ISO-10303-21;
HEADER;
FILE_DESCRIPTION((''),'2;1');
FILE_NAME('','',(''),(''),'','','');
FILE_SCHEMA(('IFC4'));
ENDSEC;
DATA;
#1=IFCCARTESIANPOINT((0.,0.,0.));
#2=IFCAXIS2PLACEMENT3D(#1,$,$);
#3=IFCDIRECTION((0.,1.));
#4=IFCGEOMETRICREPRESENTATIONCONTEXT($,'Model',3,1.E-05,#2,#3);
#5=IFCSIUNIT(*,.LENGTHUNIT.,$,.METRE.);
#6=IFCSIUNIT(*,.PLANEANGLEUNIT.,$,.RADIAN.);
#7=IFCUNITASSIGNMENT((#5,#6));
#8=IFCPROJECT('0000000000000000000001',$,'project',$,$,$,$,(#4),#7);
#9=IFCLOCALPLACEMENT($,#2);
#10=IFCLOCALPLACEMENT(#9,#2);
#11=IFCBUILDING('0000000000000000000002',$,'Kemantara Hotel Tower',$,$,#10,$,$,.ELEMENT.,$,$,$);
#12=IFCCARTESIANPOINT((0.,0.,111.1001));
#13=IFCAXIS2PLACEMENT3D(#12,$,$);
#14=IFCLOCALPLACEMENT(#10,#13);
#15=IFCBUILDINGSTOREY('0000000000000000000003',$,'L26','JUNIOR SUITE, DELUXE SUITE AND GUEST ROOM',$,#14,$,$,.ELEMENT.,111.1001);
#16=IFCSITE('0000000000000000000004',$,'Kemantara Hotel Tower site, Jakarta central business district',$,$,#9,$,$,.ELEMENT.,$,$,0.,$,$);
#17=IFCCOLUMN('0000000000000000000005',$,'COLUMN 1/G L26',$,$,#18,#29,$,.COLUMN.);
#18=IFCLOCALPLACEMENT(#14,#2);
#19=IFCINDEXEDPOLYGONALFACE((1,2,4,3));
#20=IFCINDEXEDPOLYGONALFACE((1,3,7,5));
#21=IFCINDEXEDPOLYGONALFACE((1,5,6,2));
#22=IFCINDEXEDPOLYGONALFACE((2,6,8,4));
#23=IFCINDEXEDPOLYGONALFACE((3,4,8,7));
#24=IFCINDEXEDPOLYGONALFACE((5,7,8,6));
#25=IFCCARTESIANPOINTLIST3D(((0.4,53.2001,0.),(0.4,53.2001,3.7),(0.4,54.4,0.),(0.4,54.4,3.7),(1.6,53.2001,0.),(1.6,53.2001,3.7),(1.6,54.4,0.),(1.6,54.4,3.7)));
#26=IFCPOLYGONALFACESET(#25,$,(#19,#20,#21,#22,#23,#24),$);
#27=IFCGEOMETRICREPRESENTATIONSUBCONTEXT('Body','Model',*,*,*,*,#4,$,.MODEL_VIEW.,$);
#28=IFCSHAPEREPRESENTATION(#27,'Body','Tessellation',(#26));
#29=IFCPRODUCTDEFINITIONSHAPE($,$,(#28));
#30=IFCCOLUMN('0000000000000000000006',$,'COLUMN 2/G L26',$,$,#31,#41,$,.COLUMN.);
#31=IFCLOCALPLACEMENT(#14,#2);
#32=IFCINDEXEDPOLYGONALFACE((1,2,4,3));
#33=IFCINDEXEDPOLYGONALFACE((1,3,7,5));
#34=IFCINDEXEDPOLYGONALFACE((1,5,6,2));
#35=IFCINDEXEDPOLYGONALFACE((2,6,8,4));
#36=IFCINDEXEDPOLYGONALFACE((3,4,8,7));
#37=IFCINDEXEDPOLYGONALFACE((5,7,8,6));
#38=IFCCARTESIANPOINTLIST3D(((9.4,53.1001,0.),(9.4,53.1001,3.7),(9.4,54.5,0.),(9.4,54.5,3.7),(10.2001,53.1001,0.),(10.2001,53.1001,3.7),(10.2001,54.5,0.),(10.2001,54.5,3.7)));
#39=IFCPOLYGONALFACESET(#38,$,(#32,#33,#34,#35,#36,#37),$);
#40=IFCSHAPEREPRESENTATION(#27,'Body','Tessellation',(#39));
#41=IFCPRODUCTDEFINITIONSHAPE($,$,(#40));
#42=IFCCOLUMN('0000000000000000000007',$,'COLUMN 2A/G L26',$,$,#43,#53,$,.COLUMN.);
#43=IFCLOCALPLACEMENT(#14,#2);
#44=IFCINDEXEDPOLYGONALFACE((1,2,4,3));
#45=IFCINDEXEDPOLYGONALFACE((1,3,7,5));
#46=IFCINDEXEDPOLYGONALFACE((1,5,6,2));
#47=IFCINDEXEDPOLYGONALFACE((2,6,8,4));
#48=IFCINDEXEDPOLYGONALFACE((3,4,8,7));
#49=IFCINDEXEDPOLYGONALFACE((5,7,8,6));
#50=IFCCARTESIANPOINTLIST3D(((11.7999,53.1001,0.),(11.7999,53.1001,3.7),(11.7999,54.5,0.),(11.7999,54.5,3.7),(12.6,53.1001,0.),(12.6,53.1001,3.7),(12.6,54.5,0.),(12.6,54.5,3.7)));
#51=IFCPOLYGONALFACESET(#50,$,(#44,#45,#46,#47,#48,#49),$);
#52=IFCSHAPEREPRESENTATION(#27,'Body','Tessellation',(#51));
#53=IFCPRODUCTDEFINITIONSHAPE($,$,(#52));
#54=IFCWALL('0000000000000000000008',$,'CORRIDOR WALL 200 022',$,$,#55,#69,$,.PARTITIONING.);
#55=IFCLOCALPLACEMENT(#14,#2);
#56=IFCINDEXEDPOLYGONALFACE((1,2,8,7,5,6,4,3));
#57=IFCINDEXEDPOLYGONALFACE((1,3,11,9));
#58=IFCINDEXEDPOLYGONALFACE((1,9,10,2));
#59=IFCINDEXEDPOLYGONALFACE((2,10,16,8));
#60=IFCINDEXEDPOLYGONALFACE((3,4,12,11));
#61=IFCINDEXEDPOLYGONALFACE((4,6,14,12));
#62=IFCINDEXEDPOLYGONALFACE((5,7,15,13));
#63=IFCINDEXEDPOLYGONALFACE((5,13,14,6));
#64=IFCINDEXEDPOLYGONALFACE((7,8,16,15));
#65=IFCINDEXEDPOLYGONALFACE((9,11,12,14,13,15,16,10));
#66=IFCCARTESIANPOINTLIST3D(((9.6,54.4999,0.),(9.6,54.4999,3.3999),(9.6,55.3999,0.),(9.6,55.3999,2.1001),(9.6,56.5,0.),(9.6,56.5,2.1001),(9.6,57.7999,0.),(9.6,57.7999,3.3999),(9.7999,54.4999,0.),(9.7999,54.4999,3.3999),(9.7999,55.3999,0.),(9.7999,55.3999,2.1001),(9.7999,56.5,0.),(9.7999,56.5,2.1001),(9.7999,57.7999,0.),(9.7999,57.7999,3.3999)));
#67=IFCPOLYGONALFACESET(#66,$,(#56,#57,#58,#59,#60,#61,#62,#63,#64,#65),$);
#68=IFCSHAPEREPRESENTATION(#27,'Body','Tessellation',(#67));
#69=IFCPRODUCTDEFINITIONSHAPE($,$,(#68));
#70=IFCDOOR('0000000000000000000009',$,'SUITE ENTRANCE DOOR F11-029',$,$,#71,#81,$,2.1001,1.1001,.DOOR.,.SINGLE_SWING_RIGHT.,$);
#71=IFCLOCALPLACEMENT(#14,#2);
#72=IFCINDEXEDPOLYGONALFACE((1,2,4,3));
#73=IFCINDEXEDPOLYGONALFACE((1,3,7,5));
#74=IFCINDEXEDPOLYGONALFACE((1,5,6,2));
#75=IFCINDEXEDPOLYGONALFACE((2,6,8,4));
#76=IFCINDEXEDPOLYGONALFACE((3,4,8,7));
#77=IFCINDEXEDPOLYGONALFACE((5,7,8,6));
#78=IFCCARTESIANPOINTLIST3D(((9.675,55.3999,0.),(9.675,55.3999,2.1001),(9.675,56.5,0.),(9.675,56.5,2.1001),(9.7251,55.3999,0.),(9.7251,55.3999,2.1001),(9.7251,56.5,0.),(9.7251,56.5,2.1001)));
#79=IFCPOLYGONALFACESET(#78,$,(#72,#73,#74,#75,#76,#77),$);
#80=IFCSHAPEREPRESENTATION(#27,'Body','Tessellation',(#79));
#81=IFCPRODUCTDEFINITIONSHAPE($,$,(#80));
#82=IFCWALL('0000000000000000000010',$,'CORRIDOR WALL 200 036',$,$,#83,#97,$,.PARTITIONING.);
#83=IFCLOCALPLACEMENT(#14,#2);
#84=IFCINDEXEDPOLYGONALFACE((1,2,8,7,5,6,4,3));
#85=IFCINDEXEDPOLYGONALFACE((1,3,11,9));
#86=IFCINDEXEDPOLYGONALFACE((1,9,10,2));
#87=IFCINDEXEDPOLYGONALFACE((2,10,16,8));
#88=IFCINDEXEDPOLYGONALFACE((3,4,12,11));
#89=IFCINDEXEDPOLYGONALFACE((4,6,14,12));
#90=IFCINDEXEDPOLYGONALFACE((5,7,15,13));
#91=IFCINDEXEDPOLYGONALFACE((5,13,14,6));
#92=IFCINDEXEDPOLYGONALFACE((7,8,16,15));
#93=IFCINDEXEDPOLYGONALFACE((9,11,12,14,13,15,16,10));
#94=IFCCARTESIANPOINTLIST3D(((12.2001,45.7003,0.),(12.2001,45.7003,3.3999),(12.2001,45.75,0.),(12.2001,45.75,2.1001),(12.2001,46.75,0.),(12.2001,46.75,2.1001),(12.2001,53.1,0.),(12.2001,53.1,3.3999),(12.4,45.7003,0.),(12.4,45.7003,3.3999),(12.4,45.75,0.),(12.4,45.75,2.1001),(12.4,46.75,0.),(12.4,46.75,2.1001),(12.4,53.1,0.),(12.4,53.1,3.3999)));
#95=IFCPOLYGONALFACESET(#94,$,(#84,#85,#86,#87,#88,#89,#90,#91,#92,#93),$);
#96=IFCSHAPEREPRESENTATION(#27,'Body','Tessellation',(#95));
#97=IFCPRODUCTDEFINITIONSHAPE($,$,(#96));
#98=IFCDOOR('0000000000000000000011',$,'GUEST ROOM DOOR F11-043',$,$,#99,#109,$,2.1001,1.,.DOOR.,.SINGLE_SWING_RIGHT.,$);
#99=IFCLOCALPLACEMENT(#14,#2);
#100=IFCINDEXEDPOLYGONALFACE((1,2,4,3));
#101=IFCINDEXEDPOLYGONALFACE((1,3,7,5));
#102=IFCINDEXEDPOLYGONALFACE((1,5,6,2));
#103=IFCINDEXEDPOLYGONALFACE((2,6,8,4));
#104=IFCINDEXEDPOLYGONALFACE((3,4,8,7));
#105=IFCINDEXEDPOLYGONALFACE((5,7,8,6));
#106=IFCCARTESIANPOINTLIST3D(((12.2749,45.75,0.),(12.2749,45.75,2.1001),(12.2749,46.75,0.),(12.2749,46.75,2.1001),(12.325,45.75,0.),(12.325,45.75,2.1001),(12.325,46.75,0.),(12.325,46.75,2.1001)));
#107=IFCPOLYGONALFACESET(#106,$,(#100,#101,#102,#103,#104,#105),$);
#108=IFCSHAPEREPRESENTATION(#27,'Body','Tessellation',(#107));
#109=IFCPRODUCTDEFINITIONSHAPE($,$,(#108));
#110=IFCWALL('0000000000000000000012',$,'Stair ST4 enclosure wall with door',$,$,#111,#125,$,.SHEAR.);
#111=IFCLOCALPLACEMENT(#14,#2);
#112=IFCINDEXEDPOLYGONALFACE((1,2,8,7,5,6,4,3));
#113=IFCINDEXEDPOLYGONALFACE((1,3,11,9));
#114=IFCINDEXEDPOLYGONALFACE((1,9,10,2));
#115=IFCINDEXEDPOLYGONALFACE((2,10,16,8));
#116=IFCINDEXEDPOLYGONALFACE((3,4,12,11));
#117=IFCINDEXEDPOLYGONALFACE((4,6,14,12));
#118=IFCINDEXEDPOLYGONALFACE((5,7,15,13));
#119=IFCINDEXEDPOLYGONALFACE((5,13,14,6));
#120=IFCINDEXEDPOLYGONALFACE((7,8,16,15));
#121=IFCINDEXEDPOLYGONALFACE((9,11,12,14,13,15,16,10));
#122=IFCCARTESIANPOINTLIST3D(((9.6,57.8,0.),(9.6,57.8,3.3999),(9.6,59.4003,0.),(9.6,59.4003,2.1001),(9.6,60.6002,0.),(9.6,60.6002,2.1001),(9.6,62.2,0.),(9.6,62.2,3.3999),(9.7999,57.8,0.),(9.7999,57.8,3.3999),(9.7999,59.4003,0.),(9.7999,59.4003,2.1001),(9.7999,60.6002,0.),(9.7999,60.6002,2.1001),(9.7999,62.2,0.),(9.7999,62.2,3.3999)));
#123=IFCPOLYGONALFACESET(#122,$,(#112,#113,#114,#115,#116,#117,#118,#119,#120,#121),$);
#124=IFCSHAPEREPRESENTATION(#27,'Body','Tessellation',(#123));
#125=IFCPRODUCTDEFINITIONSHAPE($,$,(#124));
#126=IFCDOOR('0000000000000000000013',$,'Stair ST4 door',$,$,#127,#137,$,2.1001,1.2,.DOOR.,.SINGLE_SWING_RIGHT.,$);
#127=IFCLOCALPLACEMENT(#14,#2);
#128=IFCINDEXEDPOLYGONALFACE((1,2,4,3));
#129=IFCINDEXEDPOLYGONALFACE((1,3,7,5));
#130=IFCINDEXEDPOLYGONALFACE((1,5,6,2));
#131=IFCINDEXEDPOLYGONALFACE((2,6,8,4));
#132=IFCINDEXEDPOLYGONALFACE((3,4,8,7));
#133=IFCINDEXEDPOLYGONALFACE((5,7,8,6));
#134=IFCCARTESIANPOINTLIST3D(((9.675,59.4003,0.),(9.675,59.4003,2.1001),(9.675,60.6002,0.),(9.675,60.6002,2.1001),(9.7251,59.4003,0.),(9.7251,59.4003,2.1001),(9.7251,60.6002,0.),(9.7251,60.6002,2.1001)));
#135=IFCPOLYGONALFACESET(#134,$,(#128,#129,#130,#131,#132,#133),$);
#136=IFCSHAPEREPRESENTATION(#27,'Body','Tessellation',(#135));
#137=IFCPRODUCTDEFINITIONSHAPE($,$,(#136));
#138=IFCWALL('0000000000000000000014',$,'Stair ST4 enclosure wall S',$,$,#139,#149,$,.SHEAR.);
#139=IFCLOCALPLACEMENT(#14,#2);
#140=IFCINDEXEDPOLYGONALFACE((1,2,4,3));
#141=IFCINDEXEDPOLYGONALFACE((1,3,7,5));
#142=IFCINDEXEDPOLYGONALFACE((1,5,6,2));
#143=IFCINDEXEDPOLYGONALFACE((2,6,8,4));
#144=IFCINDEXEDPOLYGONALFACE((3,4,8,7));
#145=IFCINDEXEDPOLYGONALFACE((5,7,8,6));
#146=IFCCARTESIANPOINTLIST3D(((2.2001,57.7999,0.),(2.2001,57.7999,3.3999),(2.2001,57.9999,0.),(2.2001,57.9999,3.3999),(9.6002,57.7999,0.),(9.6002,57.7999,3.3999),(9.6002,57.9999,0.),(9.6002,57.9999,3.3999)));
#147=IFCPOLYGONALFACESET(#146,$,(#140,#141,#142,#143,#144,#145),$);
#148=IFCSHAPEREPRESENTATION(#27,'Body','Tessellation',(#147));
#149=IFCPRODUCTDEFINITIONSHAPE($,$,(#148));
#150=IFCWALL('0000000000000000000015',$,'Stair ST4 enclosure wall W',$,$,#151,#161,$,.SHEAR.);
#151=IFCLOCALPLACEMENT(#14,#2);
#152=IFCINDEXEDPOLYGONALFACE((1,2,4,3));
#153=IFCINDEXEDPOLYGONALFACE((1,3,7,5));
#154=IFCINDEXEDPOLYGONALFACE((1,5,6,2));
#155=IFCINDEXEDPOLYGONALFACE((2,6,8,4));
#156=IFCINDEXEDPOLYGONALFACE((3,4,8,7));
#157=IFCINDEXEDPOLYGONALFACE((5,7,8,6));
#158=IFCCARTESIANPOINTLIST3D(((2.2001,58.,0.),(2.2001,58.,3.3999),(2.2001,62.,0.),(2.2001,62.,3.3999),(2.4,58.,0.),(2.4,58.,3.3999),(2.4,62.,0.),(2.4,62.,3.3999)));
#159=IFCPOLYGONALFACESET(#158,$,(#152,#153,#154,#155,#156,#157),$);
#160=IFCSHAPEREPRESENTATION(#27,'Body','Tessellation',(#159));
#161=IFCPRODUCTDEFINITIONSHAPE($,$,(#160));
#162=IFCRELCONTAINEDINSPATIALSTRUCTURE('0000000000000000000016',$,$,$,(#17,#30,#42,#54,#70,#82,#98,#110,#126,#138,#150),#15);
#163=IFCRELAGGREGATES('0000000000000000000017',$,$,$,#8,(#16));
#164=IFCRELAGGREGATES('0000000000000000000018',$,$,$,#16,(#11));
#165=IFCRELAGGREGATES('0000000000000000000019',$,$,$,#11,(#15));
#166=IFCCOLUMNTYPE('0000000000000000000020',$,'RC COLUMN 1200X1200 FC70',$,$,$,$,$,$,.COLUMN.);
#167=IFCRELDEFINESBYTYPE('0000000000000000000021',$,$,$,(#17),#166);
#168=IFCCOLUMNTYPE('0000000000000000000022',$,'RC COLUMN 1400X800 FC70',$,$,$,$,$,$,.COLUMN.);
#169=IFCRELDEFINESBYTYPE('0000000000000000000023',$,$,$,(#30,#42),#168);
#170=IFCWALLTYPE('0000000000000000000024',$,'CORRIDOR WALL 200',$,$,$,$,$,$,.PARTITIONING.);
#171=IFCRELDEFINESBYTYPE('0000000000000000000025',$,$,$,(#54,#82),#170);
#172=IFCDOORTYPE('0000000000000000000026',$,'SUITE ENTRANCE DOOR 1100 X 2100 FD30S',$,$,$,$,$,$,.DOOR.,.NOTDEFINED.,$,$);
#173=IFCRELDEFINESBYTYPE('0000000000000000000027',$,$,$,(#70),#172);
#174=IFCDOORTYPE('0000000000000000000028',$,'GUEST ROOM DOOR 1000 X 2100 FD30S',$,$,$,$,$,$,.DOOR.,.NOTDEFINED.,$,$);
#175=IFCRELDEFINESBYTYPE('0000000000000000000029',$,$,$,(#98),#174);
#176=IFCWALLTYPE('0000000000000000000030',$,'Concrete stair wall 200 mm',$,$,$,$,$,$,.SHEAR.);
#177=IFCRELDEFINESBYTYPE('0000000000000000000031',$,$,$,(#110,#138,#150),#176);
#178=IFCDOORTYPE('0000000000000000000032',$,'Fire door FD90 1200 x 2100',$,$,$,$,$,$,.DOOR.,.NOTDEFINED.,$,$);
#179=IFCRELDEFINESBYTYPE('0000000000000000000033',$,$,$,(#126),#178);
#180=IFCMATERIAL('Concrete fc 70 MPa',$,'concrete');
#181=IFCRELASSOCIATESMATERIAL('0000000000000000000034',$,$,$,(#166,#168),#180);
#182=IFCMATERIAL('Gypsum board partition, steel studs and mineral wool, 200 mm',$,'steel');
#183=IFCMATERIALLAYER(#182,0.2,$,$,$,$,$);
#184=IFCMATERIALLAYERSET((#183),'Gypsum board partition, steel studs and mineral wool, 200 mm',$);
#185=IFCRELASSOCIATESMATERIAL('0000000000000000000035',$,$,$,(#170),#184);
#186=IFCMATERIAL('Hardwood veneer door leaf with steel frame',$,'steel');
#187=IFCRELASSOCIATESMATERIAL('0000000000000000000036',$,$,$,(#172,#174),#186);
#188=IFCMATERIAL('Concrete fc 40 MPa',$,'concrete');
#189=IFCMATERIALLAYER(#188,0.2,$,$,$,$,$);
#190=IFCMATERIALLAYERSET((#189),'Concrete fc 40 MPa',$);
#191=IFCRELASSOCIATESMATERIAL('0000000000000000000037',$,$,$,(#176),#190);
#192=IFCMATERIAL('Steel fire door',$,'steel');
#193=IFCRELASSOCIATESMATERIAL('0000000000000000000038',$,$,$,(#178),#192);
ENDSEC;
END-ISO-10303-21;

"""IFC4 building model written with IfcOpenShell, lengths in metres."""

from ifc_helpers import new_model, si_unit, direction, frame, frame_2d, origin, origin_2d, place, context, subcontext, project, spatial, rectangle, extrude, material, layer, layer_set, material_profile, profile_set, type_object, element, fill, save


model = new_model("IFC4")

# Units and contexts
model_context = context("Model", 3, precision=1e-05, world=origin(), true_north=direction((0.0, 1.0)))
body_context = subcontext(model_context, "Body", "Model", "MODEL_VIEW")
ifc_project = project(units=[si_unit("LENGTHUNIT", "METRE"), si_unit("PLANEANGLEUNIT", "RADIAN")], contexts=[model_context])

# Site, building, storey
site_placement = place(None, origin())
site = spatial("IfcSite", under=ifc_project, at=site_placement, Name="Kemantara Hotel Tower site, Jakarta central business district", CompositionType="ELEMENT", RefElevation=0.0)
building_placement = place(site_placement, origin())
building = spatial("IfcBuilding", under=site, at=building_placement, Name="Kemantara Hotel Tower", CompositionType="ELEMENT")
storey_placement = place(building_placement, frame((0.0, 0.0, 111.1001)))
storey = spatial("IfcBuildingStorey", under=building, at=storey_placement, Name="L26", Description="JUNIOR SUITE, DELUXE SUITE AND GUEST ROOM", CompositionType="ELEMENT", Elevation=111.1001)

# Columns
ifc_material_1 = material(Name="Concrete fc 70 MPa", Category="concrete")
ifc_material_profile_1 = material_profile(ifc_material_1, rectangle(XDim=1.2, YDim=1.2, at=origin_2d()), Name="RC 1200X1200")
ifc_profile_set_1 = profile_set([ifc_material_profile_1], Name="Concrete fc 70 MPa")
column_type_1 = type_object("IfcColumnType", Name="RC COLUMN 1200X1200 FC70", PredefinedType="COLUMN", material=ifc_profile_set_1)
column_placement = place(storey_placement, frame((1.0, 53.8, 0.0), z_axis=(0.0, 0.0, 1.0), x_axis=(1.0, 0.0, 0.0)))
element("IfcColumn", 1, at=column_placement, inside=storey, type_object=column_type_1, Name="COLUMN 1/G L26", PredefinedType="COLUMN", context=body_context, shape_type="SweptSolid", body=[
    extrude(rectangle(XDim=1.2, YDim=1.2, at=origin_2d()), origin(), (0.0, 0.0, 1.0), 3.7),
])
ifc_material_profile_2 = material_profile(ifc_material_1, rectangle(XDim=1.3999, YDim=0.8, at=origin_2d()), Name="RC 1400X800")
ifc_profile_set_2 = profile_set([ifc_material_profile_2], Name="Concrete fc 70 MPa")
column_type_2 = type_object("IfcColumnType", Name="RC COLUMN 1400X800 FC70", PredefinedType="COLUMN", material=ifc_profile_set_2)
for number, where, z_axis, x_axis, name in (
    (2, (9.8, 53.8, 0.0), (0.0, 0.0, 1.0), (0.0, 1.0, 0.0), "COLUMN 2/G L26"),
    (3, (12.2, 53.8, 0.0), (0.0, 0.0, 1.0), (0.0, 1.0, 0.0), "COLUMN 2A/G L26"),
):
    element("IfcColumn", number, at=place(storey_placement, frame(where, z_axis=z_axis, x_axis=x_axis)), inside=storey, type_object=column_type_2, Name=name, PredefinedType="COLUMN", context=body_context, shape_type="SweptSolid", body=[
        extrude(rectangle(XDim=1.3999, YDim=0.8, at=origin_2d()), origin(), (0.0, 0.0, 1.0), 3.7),
    ])

# Walls, openings, doors
ifc_material_2 = material(Name="Gypsum board partition, steel studs and mineral wool, 200 mm", Category="steel")
ifc_layer_1 = layer(ifc_material_2, 0.2)
ifc_layer_set_1 = layer_set([ifc_layer_1], Name="Gypsum board partition, steel studs and mineral wool, 200 mm")
wall_type_1 = type_object("IfcWallType", Name="CORRIDOR WALL 200", PredefinedType="PARTITIONING", material=ifc_layer_set_1)
wall_1_placement = place(storey_placement, frame((9.7, 54.5, 0.0), z_axis=(0.0, 0.0, 1.0), x_axis=(0.0, 1.0, 0.0)))
wall_1 = element("IfcWall", 4, at=wall_1_placement, inside=storey, type_object=wall_type_1, Name="CORRIDOR WALL 200 022", PredefinedType="PARTITIONING", context=body_context, shape_type="SweptSolid", body=[
    extrude(rectangle(XDim=3.3, YDim=0.2, at=frame_2d((1.6499, 0.0))), origin(), (0.0, 0.0, 1.0), 3.3999),
])
opening_1_placement = place(wall_1_placement, frame((0.8999, 0.0, 0.0)))
opening_1 = element("IfcOpeningElement", 5, at=opening_1_placement, cuts=wall_1, PredefinedType="OPENING", context=body_context, shape_type="SweptSolid", body=[
    extrude(rectangle(XDim=1.1001, YDim=2.1001, at=frame_2d((0.55, 1.05))), frame((0.0, 0.1099, 0.0), z_axis=(0.0, -1.0, 0.0), x_axis=(1.0, 0.0, 0.0)), (0.0, 0.0, 1.0), 0.22),
])
ifc_material_3 = material(Name="Hardwood veneer door leaf with steel frame", Category="steel")
door_type_1 = type_object("IfcDoorType", Name="SUITE ENTRANCE DOOR 1100 X 2100 FD30S", OperationType="NOTDEFINED", PredefinedType="DOOR", material=ifc_material_3)
door_1_placement = place(opening_1_placement, origin())
door_1 = element("IfcDoor", 6, at=door_1_placement, inside=storey, type_object=door_type_1, Name="SUITE ENTRANCE DOOR F11-029", OperationType="SINGLE_SWING_RIGHT", OverallHeight=2.1001, OverallWidth=1.1001, PredefinedType="DOOR", context=body_context, shape_type="SweptSolid", body=[
    extrude(rectangle(XDim=1.1001, YDim=2.1001, at=frame_2d((0.55, 1.05))), frame((0.0, 0.0249, 0.0), z_axis=(0.0, -1.0, 0.0), x_axis=(1.0, 0.0, 0.0)), (0.0, 0.0, 1.0), 0.05),
])
fill(opening_1, door_1)
wall_2_placement = place(storey_placement, frame((12.3, 53.0999, 0.0), z_axis=(0.0, 0.0, 1.0), x_axis=(0.0, -1.0, 0.0)))
wall_2 = element("IfcWall", 7, at=wall_2_placement, inside=storey, type_object=wall_type_1, Name="CORRIDOR WALL 200 036", PredefinedType="PARTITIONING", context=body_context, shape_type="SweptSolid", body=[
    extrude(rectangle(XDim=7.3997, YDim=0.2, at=frame_2d((3.6997, 0.0))), origin(), (0.0, 0.0, 1.0), 3.3999),
])
opening_2_placement = place(wall_2_placement, frame((6.3499, 0.0, 0.0)))
opening_2 = element("IfcOpeningElement", 8, at=opening_2_placement, cuts=wall_2, PredefinedType="OPENING", context=body_context, shape_type="SweptSolid", body=[
    extrude(rectangle(XDim=1.0, YDim=2.1001, at=frame_2d((0.5, 1.05))), frame((0.0, 0.1099, 0.0), z_axis=(0.0, -1.0, 0.0), x_axis=(1.0, 0.0, 0.0)), (0.0, 0.0, 1.0), 0.22),
])
door_type_2 = type_object("IfcDoorType", Name="GUEST ROOM DOOR 1000 X 2100 FD30S", OperationType="NOTDEFINED", PredefinedType="DOOR", material=ifc_material_3)
door_2_placement = place(opening_2_placement, origin())
door_2 = element("IfcDoor", 9, at=door_2_placement, inside=storey, type_object=door_type_2, Name="GUEST ROOM DOOR F11-043", OperationType="SINGLE_SWING_RIGHT", OverallHeight=2.1001, OverallWidth=1.0, PredefinedType="DOOR", context=body_context, shape_type="SweptSolid", body=[
    extrude(rectangle(XDim=1.0, YDim=2.1001, at=frame_2d((0.5, 1.05))), frame((0.0, 0.0249, 0.0), z_axis=(0.0, -1.0, 0.0), x_axis=(1.0, 0.0, 0.0)), (0.0, 0.0, 1.0), 0.05),
])
fill(opening_2, door_2)
ifc_material_4 = material(Name="Concrete fc 40 MPa", Category="concrete")
ifc_layer_2 = layer(ifc_material_4, 0.2)
ifc_layer_set_2 = layer_set([ifc_layer_2], Name="Concrete fc 40 MPa")
wall_type_2 = type_object("IfcWallType", Name="Concrete stair wall 200 mm", PredefinedType="SHEAR", material=ifc_layer_set_2)
wall_3_placement = place(storey_placement, frame((9.7, 57.8, 0.0), z_axis=(0.0, 0.0, 1.0), x_axis=(0.0, 1.0, 0.0)))
wall_3 = element("IfcWall", 10, at=wall_3_placement, inside=storey, type_object=wall_type_2, Name="Stair ST4 enclosure wall with door", PredefinedType="SHEAR", context=body_context, shape_type="SweptSolid", body=[
    extrude(rectangle(XDim=4.3999, YDim=0.2, at=frame_2d((2.2, 0.0))), origin(), (0.0, 0.0, 1.0), 3.3999),
])
opening_3_placement = place(wall_3_placement, frame((1.6001, 0.0, 0.0)))
opening_3 = element("IfcOpeningElement", 11, at=opening_3_placement, cuts=wall_3, PredefinedType="OPENING", context=body_context, shape_type="SweptSolid", body=[
    extrude(rectangle(XDim=1.2, YDim=2.1001, at=frame_2d((0.6001, 1.05))), frame((0.0, 0.1099, 0.0), z_axis=(0.0, -1.0, 0.0), x_axis=(1.0, 0.0, 0.0)), (0.0, 0.0, 1.0), 0.22),
])
ifc_material_5 = material(Name="Steel fire door", Category="steel")
door_type_3 = type_object("IfcDoorType", Name="Fire door FD90 1200 x 2100", OperationType="NOTDEFINED", PredefinedType="DOOR", material=ifc_material_5)
door_3_placement = place(opening_3_placement, origin())
door_3 = element("IfcDoor", 12, at=door_3_placement, inside=storey, type_object=door_type_3, Name="Stair ST4 door", OperationType="SINGLE_SWING_RIGHT", OverallHeight=2.1001, OverallWidth=1.2, PredefinedType="DOOR", context=body_context, shape_type="SweptSolid", body=[
    extrude(rectangle(XDim=1.2, YDim=2.1001, at=frame_2d((0.6001, 1.05))), frame((0.0, 0.0249, 0.0), z_axis=(0.0, -1.0, 0.0), x_axis=(1.0, 0.0, 0.0)), (0.0, 0.0, 1.0), 0.05),
])
fill(opening_3, door_3)

# Walls
wall_4_placement = place(storey_placement, frame((2.2, 57.8999, 0.0), z_axis=(0.0, 0.0, 1.0), x_axis=(1.0, 0.0, 0.0)))
element("IfcWall", 13, at=wall_4_placement, inside=storey, type_object=wall_type_2, Name="Stair ST4 enclosure wall S", PredefinedType="SHEAR", context=body_context, shape_type="SweptSolid", body=[
    extrude(rectangle(XDim=7.4001, YDim=0.2, at=frame_2d((3.7002, 0.0))), origin(), (0.0, 0.0, 1.0), 3.3999),
])
wall_5_placement = place(storey_placement, frame((2.3, 58.0, 0.0), z_axis=(0.0, 0.0, 1.0), x_axis=(0.0, 1.0, 0.0)))
element("IfcWall", 14, at=wall_5_placement, inside=storey, type_object=wall_type_2, Name="Stair ST4 enclosure wall W", PredefinedType="SHEAR", context=body_context, shape_type="SweptSolid", body=[
    extrude(rectangle(XDim=4.0, YDim=0.2, at=frame_2d((2.0, 0.0))), origin(), (0.0, 0.0, 1.0), 3.3999),
])

save(model, "model.ifc")
